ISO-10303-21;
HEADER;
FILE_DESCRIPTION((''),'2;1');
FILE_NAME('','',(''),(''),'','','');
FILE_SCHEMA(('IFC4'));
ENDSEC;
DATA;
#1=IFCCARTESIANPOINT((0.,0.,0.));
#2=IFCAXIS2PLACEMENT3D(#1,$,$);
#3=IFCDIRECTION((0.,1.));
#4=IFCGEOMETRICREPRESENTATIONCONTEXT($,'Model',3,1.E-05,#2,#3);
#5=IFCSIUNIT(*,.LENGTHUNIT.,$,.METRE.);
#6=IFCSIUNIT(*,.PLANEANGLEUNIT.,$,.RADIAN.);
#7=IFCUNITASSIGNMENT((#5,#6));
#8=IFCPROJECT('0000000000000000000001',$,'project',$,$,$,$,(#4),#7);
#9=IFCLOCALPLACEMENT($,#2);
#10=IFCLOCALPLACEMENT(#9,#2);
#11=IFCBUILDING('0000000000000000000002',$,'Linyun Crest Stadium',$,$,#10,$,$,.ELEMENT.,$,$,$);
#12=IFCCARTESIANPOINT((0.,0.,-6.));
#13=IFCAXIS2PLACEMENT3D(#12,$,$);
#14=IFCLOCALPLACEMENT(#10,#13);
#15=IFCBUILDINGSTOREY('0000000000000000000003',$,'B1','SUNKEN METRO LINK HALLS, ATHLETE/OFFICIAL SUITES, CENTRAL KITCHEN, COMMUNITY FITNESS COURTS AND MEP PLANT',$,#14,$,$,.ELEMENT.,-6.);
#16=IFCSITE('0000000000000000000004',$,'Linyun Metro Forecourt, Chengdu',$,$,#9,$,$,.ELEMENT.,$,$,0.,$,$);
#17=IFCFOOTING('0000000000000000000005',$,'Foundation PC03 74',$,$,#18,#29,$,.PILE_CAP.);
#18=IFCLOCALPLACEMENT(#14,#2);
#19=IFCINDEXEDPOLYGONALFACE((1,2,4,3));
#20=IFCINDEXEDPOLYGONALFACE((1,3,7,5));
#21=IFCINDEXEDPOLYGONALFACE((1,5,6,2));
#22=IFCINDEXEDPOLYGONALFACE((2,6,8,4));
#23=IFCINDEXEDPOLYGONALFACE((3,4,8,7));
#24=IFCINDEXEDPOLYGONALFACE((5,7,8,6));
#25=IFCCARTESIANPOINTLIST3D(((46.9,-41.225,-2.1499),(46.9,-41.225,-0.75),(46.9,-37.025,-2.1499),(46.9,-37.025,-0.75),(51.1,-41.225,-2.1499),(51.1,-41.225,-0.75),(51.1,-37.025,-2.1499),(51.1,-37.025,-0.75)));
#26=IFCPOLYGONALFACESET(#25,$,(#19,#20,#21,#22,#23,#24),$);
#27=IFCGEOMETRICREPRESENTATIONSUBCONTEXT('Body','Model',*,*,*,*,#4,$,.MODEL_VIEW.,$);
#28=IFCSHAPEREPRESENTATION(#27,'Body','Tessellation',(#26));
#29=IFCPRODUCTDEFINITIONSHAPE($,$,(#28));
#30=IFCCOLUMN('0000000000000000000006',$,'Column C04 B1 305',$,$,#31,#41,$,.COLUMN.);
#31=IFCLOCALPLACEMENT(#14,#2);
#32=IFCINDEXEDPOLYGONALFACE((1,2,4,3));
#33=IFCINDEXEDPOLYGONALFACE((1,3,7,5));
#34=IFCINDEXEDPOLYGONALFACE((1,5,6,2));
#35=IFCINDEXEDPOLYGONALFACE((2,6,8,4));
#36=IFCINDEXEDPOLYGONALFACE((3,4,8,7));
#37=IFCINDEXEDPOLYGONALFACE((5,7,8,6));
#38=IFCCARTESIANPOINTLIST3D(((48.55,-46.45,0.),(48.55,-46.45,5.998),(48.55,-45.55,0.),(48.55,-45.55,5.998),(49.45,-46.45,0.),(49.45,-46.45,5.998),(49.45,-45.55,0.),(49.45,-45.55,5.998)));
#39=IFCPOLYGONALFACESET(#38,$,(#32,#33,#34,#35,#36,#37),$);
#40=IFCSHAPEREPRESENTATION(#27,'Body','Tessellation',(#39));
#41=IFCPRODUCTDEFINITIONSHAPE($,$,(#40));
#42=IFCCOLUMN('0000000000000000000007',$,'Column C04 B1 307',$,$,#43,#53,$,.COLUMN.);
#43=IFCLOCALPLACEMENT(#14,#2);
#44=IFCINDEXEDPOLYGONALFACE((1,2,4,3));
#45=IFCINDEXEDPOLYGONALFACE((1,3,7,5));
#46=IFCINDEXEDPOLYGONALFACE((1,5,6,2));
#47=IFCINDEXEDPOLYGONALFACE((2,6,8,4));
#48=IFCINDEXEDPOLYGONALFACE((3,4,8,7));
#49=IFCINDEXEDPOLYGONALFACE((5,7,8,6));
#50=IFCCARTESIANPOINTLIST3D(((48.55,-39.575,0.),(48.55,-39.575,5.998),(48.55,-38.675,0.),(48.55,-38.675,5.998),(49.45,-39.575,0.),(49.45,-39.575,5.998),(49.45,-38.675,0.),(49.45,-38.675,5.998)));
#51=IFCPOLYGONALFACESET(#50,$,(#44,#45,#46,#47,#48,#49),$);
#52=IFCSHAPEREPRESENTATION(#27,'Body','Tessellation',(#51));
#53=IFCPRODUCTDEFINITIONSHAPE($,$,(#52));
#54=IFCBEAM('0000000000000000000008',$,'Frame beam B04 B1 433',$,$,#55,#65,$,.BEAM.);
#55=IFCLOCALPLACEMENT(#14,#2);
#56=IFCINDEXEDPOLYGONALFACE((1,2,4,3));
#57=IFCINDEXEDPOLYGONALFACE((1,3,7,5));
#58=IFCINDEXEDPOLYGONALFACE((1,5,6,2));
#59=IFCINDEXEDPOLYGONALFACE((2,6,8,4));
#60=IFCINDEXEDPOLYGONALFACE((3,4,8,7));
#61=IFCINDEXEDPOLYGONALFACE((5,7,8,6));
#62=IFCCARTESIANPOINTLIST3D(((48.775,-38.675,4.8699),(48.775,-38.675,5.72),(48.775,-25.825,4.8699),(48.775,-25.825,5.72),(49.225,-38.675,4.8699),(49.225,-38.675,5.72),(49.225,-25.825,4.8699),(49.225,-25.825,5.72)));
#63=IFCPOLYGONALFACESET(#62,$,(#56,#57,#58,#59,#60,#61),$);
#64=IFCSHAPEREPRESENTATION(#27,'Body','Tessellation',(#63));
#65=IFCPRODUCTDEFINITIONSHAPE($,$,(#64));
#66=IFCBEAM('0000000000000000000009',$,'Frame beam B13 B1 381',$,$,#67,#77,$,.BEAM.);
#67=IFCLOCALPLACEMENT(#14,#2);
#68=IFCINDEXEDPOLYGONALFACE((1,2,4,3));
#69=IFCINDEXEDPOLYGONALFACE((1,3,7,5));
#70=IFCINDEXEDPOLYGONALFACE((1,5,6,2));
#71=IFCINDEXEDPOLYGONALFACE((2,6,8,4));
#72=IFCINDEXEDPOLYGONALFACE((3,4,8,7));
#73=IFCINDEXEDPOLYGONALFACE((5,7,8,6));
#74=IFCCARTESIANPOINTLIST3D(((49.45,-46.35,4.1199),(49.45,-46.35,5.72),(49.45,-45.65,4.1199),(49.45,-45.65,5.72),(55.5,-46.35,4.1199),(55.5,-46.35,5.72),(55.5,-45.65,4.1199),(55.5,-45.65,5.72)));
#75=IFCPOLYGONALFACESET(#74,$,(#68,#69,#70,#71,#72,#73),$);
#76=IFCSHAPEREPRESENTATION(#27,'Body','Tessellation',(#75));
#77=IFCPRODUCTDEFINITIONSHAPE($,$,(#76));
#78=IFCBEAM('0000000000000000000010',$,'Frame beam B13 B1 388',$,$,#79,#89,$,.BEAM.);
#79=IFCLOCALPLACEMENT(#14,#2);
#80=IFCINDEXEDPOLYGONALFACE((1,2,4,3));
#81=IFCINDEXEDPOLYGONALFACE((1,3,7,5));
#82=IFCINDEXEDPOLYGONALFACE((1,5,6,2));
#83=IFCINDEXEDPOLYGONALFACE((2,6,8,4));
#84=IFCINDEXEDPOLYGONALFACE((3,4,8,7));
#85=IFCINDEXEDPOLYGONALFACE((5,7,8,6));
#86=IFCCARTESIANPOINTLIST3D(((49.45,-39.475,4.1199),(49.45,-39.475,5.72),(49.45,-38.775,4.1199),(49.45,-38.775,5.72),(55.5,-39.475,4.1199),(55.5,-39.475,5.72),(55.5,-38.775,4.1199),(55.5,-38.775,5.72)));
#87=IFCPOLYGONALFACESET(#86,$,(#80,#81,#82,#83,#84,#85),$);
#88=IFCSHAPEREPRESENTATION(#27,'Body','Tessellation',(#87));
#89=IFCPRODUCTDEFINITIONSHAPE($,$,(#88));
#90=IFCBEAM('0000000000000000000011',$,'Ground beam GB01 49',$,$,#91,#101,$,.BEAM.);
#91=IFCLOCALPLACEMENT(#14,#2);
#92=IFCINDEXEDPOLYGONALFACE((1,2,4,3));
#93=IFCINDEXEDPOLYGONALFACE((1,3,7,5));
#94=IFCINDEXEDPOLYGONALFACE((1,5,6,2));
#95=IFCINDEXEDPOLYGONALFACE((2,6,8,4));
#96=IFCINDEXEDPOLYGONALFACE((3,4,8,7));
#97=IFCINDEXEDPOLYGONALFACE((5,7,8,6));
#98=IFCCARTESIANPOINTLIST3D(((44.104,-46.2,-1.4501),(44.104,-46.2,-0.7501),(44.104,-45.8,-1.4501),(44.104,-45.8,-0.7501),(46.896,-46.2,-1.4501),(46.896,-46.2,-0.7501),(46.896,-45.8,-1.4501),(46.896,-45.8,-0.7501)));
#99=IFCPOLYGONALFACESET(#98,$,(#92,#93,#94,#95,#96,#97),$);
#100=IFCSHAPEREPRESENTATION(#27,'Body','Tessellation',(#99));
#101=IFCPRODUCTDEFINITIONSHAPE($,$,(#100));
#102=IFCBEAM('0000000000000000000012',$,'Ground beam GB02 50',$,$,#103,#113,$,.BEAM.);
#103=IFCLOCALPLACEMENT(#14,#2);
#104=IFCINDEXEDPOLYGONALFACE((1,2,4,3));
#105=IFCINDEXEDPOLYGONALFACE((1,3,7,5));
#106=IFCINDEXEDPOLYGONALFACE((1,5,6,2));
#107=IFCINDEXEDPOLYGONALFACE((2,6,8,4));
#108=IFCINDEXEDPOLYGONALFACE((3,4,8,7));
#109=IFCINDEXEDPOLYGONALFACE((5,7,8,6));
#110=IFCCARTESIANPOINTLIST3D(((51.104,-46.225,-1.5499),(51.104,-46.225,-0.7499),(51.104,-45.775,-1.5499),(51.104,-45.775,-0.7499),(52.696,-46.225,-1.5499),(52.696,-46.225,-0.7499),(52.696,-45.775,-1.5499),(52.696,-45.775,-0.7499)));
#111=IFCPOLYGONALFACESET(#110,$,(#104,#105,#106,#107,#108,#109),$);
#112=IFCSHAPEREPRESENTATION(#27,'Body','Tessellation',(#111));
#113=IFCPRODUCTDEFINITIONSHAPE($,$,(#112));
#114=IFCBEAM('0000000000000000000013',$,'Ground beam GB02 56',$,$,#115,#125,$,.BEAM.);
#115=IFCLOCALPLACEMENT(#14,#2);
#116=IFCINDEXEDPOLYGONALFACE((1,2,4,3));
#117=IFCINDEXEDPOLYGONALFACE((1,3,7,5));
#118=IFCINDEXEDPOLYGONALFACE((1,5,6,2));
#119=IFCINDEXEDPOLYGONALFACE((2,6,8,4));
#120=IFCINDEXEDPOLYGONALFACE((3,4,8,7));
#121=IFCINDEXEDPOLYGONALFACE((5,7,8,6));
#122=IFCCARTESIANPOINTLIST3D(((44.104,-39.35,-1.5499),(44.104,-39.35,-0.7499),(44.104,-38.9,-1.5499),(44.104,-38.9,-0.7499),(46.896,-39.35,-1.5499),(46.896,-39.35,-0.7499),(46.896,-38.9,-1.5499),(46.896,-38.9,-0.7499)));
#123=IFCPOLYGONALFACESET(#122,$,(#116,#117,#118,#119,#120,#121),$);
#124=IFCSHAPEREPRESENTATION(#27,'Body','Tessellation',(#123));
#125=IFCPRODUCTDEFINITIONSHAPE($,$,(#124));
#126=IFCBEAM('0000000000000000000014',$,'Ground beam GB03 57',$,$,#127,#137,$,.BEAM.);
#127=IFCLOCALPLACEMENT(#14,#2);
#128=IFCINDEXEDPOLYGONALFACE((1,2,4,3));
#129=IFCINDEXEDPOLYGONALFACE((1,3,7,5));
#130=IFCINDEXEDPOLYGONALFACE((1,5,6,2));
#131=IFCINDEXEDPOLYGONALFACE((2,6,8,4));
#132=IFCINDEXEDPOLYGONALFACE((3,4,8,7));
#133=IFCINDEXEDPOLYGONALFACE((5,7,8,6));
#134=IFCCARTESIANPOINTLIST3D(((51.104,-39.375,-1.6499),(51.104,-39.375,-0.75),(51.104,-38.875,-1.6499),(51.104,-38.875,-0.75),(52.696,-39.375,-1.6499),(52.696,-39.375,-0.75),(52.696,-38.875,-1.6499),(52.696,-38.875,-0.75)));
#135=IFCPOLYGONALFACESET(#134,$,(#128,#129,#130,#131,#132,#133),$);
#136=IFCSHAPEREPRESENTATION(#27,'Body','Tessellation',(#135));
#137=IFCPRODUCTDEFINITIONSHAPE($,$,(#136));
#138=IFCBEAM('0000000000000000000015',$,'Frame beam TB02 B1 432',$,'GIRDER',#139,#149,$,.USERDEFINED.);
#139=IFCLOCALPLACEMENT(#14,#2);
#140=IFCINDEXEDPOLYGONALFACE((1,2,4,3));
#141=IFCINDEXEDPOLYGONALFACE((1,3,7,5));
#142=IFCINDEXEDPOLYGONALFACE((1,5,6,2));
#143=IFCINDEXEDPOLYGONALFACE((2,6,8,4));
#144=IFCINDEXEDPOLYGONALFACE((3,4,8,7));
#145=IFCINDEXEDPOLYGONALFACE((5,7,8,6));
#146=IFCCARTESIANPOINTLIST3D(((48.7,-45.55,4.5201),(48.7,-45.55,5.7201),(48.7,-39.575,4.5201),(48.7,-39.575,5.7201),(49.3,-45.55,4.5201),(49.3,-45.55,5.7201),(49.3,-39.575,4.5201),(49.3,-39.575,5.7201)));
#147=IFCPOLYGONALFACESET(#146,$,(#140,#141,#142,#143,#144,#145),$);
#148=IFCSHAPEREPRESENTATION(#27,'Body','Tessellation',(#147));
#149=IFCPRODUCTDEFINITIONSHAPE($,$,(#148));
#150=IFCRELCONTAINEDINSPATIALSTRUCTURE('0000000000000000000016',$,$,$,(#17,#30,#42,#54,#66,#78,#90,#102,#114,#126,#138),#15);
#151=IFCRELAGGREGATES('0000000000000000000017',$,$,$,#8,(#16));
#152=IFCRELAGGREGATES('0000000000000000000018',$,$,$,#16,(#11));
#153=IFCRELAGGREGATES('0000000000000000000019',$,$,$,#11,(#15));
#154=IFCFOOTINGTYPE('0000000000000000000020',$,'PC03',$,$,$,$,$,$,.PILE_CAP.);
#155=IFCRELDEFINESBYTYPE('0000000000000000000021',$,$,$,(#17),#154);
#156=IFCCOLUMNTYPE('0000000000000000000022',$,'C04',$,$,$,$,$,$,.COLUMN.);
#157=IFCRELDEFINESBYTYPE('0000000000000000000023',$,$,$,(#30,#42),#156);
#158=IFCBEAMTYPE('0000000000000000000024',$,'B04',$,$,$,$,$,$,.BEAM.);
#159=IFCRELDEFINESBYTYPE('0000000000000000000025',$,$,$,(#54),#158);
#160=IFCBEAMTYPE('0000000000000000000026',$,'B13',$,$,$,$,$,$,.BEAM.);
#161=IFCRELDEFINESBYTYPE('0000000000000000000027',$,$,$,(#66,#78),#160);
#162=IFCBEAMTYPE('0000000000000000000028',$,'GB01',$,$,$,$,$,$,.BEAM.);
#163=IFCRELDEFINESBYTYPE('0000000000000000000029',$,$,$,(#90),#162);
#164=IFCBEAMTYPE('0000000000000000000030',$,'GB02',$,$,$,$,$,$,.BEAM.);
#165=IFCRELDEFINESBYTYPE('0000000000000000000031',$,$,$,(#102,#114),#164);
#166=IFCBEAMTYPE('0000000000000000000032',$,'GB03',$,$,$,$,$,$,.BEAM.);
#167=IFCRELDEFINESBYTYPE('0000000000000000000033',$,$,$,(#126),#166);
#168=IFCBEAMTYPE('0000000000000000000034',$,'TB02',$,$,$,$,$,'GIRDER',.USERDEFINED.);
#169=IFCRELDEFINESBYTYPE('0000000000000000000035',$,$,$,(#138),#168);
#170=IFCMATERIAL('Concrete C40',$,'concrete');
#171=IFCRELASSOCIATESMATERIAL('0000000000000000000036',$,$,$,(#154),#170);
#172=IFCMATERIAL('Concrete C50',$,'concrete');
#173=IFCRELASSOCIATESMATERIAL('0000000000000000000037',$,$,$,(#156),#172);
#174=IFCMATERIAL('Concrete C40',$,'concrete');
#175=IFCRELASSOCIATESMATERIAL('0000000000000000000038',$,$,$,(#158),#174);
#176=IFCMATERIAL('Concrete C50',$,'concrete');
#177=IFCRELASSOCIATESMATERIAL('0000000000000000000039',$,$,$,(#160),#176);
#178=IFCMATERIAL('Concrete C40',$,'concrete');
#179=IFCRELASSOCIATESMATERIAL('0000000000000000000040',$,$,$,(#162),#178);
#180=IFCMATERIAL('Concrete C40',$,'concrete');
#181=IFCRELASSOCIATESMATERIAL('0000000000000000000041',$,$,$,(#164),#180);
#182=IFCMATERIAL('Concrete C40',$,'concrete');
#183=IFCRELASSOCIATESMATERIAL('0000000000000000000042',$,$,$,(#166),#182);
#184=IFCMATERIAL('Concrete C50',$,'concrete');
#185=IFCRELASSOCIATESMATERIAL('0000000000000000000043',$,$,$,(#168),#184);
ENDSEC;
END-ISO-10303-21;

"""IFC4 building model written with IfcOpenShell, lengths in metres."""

from ifc_helpers import new_model, si_unit, direction, frame, origin, origin_2d, place, context, subcontext, project, spatial, rectangle, extrude, material, material_profile, profile_set, type_object, element, save


model = new_model("IFC4")

# Units and contexts
model_context = context("Model", 3, precision=1e-05, world=origin(), true_north=direction((0.0, 1.0)))
body_context = subcontext(model_context, "Body", "Model", "MODEL_VIEW")
ifc_project = project(units=[si_unit("LENGTHUNIT", "METRE"), si_unit("PLANEANGLEUNIT", "RADIAN")], contexts=[model_context])

# Site, building, storey
site_placement = place(None, origin())
site = spatial("IfcSite", under=ifc_project, at=site_placement, Name="Linyun Metro Forecourt, Chengdu", CompositionType="ELEMENT", RefElevation=0.0)
building_placement = place(site_placement, origin())
building = spatial("IfcBuilding", under=site, at=building_placement, Name="Linyun Crest Stadium", CompositionType="ELEMENT")
storey_placement = place(building_placement, frame((0.0, 0.0, -6.0)))
storey = spatial("IfcBuildingStorey", under=building, at=storey_placement, Name="B1", Description="SUNKEN METRO LINK HALLS, ATHLETE/OFFICIAL SUITES, CENTRAL KITCHEN, COMMUNITY FITNESS COURTS AND MEP PLANT", CompositionType="ELEMENT", Elevation=-6.0)

# Footing
ifc_material_1 = material(Name="Concrete C40", Category="concrete")
footing_type = type_object("IfcFootingType", Name="PC03", PredefinedType="PILE_CAP", material=ifc_material_1)
for number, where, z_axis, x_axis, name in (
    (1, (49.0, -39.125, -2.1499), (0.0, 0.0, 1.0), (1.0, 0.0, 0.0), "Foundation PC03 74"),
):
    element("IfcFooting", number, at=place(storey_placement, frame(where, z_axis=z_axis, x_axis=x_axis)), inside=storey, type_object=footing_type, Name=name, PredefinedType="PILE_CAP", context=body_context, shape_type="SweptSolid", body=[
        extrude(rectangle(XDim=4.2, YDim=4.2, at=origin_2d()), origin(), (0.0, 0.0, 1.0), 1.3999),
    ])

# Columns
ifc_material_2 = material(Name="Concrete C50", Category="concrete")
ifc_material_profile_1 = material_profile(ifc_material_2, rectangle(XDim=0.8999, YDim=0.8999, at=origin_2d()), Name="RC 900x900")
ifc_profile_set_1 = profile_set([ifc_material_profile_1], Name="Concrete C50")
column_type = type_object("IfcColumnType", Name="C04", PredefinedType="COLUMN", material=ifc_profile_set_1)
for number, where, z_axis, x_axis, name in (
    (2, (49.0, -46.0, 0.0), (0.0, 0.0, 1.0), (1.0, 0.0, 0.0), "Column C04 B1 305"),
    (3, (49.0, -39.125, 0.0), (0.0, 0.0, 1.0), (1.0, 0.0, 0.0), "Column C04 B1 307"),
):
    element("IfcColumn", number, at=place(storey_placement, frame(where, z_axis=z_axis, x_axis=x_axis)), inside=storey, type_object=column_type, Name=name, PredefinedType="COLUMN", context=body_context, shape_type="SweptSolid", body=[
        extrude(rectangle(XDim=0.8999, YDim=0.8999, at=origin_2d()), origin(), (0.0, 0.0, 1.0), 5.998),
    ])

# Beams
ifc_material_3 = material(Name="Concrete C40", Category="concrete")
ifc_material_profile_2 = material_profile(ifc_material_3, rectangle(XDim=0.45, YDim=0.8501, at=origin_2d()), Name="RCB 850x450")
ifc_profile_set_2 = profile_set([ifc_material_profile_2], Name="Concrete C40")
beam_type_1 = type_object("IfcBeamType", Name="B04", PredefinedType="BEAM", material=ifc_profile_set_2)
beam_1_placement = place(storey_placement, frame((49.0, -38.675, 5.2949), z_axis=(0.0, 1.0, 0.0), x_axis=(-1.0, 0.0, 0.0)))
element("IfcBeam", 4, at=beam_1_placement, inside=storey, type_object=beam_type_1, Name="Frame beam B04 B1 433", PredefinedType="BEAM", context=body_context, shape_type="SweptSolid", body=[
    extrude(rectangle(XDim=0.45, YDim=0.8501, at=origin_2d()), origin(), (0.0, 0.0, 1.0), 12.8501),
])
ifc_material_4 = material(Name="Concrete C50", Category="concrete")
ifc_material_profile_3 = material_profile(ifc_material_4, rectangle(XDim=0.7, YDim=1.6001, at=origin_2d()), Name="RCB 1600x700")
ifc_profile_set_3 = profile_set([ifc_material_profile_3], Name="Concrete C50")
beam_type_2 = type_object("IfcBeamType", Name="B13", PredefinedType="BEAM", material=ifc_profile_set_3)
for number, where, z_axis, x_axis, name in (
    (5, (49.45, -46.0, 4.9199), (1.0, 0.0, 0.0), (0.0, 1.0, 0.0), "Frame beam B13 B1 381"),
    (6, (49.45, -39.125, 4.9199), (1.0, 0.0, 0.0), (0.0, 1.0, 0.0), "Frame beam B13 B1 388"),
):
    element("IfcBeam", number, at=place(storey_placement, frame(where, z_axis=z_axis, x_axis=x_axis)), inside=storey, type_object=beam_type_2, Name=name, PredefinedType="BEAM", context=body_context, shape_type="SweptSolid", body=[
        extrude(rectangle(XDim=0.7, YDim=1.6001, at=origin_2d()), origin(), (0.0, 0.0, 1.0), 6.05),
    ])
ifc_material_5 = material(Name="Concrete C40", Category="concrete")
ifc_material_profile_4 = material_profile(ifc_material_5, rectangle(XDim=0.3999, YDim=0.7, at=origin_2d()), Name="RCB 700x400")
ifc_profile_set_4 = profile_set([ifc_material_profile_4], Name="Concrete C40")
beam_type_3 = type_object("IfcBeamType", Name="GB01", PredefinedType="BEAM", material=ifc_profile_set_4)
beam_2_placement = place(storey_placement, frame((44.104, -46.0, -1.1001), z_axis=(1.0, 0.0, 0.0), x_axis=(0.0, 1.0, 0.0)))
element("IfcBeam", 7, at=beam_2_placement, inside=storey, type_object=beam_type_3, Name="Ground beam GB01 49", PredefinedType="BEAM", context=body_context, shape_type="SweptSolid", body=[
    extrude(rectangle(XDim=0.3999, YDim=0.7, at=origin_2d()), origin(), (0.0, 0.0, 1.0), 2.792),
])
ifc_material_6 = material(Name="Concrete C40", Category="concrete")
ifc_material_profile_5 = material_profile(ifc_material_6, rectangle(XDim=0.45, YDim=0.8, at=origin_2d()), Name="RCB 800x450")
ifc_profile_set_5 = profile_set([ifc_material_profile_5], Name="Concrete C40")
beam_type_4 = type_object("IfcBeamType", Name="GB02", PredefinedType="BEAM", material=ifc_profile_set_5)
beam_3_placement = place(storey_placement, frame((51.104, -46.0, -1.1499), z_axis=(1.0, 0.0, 0.0), x_axis=(0.0, 1.0, 0.0)))
element("IfcBeam", 8, at=beam_3_placement, inside=storey, type_object=beam_type_4, Name="Ground beam GB02 50", PredefinedType="BEAM", context=body_context, shape_type="SweptSolid", body=[
    extrude(rectangle(XDim=0.45, YDim=0.8, at=origin_2d()), origin(), (0.0, 0.0, 1.0), 1.592),
])
beam_4_placement = place(storey_placement, frame((44.104, -39.125, -1.1499), z_axis=(1.0, 0.0, 0.0), x_axis=(0.0, 1.0, 0.0)))
element("IfcBeam", 9, at=beam_4_placement, inside=storey, type_object=beam_type_4, Name="Ground beam GB02 56", PredefinedType="BEAM", context=body_context, shape_type="SweptSolid", body=[
    extrude(rectangle(XDim=0.45, YDim=0.8, at=origin_2d()), origin(), (0.0, 0.0, 1.0), 2.792),
])
ifc_material_7 = material(Name="Concrete C40", Category="concrete")
ifc_material_profile_6 = material_profile(ifc_material_7, rectangle(XDim=0.5, YDim=0.8999, at=origin_2d()), Name="RCB 900x500")
ifc_profile_set_6 = profile_set([ifc_material_profile_6], Name="Concrete C40")
beam_type_5 = type_object("IfcBeamType", Name="GB03", PredefinedType="BEAM", material=ifc_profile_set_6)
beam_5_placement = place(storey_placement, frame((51.104, -39.125, -1.2), z_axis=(1.0, 0.0, 0.0), x_axis=(0.0, 1.0, 0.0)))
element("IfcBeam", 10, at=beam_5_placement, inside=storey, type_object=beam_type_5, Name="Ground beam GB03 57", PredefinedType="BEAM", context=body_context, shape_type="SweptSolid", body=[
    extrude(rectangle(XDim=0.5, YDim=0.8999, at=origin_2d()), origin(), (0.0, 0.0, 1.0), 1.592),
])
ifc_material_8 = material(Name="Concrete C50", Category="concrete")
ifc_material_profile_7 = material_profile(ifc_material_8, rectangle(XDim=0.6001, YDim=1.2, at=origin_2d()), Name="RCB 1200x600")
ifc_profile_set_7 = profile_set([ifc_material_profile_7], Name="Concrete C50")
beam_type_6 = type_object("IfcBeamType", Name="TB02", ElementType="GIRDER", PredefinedType="USERDEFINED", material=ifc_profile_set_7)
beam_6_placement = place(storey_placement, frame((49.0, -45.55, 5.1201), z_axis=(0.0, 1.0, 0.0), x_axis=(-1.0, 0.0, 0.0)))
element("IfcBeam", 11, at=beam_6_placement, inside=storey, type_object=beam_type_6, Name="Frame beam TB02 B1 432", ObjectType="GIRDER", PredefinedType="USERDEFINED", context=body_context, shape_type="SweptSolid", body=[
    extrude(rectangle(XDim=0.6001, YDim=1.2, at=origin_2d()), origin(), (0.0, 0.0, 1.0), 5.9751),
])

save(model, "model.ifc")
